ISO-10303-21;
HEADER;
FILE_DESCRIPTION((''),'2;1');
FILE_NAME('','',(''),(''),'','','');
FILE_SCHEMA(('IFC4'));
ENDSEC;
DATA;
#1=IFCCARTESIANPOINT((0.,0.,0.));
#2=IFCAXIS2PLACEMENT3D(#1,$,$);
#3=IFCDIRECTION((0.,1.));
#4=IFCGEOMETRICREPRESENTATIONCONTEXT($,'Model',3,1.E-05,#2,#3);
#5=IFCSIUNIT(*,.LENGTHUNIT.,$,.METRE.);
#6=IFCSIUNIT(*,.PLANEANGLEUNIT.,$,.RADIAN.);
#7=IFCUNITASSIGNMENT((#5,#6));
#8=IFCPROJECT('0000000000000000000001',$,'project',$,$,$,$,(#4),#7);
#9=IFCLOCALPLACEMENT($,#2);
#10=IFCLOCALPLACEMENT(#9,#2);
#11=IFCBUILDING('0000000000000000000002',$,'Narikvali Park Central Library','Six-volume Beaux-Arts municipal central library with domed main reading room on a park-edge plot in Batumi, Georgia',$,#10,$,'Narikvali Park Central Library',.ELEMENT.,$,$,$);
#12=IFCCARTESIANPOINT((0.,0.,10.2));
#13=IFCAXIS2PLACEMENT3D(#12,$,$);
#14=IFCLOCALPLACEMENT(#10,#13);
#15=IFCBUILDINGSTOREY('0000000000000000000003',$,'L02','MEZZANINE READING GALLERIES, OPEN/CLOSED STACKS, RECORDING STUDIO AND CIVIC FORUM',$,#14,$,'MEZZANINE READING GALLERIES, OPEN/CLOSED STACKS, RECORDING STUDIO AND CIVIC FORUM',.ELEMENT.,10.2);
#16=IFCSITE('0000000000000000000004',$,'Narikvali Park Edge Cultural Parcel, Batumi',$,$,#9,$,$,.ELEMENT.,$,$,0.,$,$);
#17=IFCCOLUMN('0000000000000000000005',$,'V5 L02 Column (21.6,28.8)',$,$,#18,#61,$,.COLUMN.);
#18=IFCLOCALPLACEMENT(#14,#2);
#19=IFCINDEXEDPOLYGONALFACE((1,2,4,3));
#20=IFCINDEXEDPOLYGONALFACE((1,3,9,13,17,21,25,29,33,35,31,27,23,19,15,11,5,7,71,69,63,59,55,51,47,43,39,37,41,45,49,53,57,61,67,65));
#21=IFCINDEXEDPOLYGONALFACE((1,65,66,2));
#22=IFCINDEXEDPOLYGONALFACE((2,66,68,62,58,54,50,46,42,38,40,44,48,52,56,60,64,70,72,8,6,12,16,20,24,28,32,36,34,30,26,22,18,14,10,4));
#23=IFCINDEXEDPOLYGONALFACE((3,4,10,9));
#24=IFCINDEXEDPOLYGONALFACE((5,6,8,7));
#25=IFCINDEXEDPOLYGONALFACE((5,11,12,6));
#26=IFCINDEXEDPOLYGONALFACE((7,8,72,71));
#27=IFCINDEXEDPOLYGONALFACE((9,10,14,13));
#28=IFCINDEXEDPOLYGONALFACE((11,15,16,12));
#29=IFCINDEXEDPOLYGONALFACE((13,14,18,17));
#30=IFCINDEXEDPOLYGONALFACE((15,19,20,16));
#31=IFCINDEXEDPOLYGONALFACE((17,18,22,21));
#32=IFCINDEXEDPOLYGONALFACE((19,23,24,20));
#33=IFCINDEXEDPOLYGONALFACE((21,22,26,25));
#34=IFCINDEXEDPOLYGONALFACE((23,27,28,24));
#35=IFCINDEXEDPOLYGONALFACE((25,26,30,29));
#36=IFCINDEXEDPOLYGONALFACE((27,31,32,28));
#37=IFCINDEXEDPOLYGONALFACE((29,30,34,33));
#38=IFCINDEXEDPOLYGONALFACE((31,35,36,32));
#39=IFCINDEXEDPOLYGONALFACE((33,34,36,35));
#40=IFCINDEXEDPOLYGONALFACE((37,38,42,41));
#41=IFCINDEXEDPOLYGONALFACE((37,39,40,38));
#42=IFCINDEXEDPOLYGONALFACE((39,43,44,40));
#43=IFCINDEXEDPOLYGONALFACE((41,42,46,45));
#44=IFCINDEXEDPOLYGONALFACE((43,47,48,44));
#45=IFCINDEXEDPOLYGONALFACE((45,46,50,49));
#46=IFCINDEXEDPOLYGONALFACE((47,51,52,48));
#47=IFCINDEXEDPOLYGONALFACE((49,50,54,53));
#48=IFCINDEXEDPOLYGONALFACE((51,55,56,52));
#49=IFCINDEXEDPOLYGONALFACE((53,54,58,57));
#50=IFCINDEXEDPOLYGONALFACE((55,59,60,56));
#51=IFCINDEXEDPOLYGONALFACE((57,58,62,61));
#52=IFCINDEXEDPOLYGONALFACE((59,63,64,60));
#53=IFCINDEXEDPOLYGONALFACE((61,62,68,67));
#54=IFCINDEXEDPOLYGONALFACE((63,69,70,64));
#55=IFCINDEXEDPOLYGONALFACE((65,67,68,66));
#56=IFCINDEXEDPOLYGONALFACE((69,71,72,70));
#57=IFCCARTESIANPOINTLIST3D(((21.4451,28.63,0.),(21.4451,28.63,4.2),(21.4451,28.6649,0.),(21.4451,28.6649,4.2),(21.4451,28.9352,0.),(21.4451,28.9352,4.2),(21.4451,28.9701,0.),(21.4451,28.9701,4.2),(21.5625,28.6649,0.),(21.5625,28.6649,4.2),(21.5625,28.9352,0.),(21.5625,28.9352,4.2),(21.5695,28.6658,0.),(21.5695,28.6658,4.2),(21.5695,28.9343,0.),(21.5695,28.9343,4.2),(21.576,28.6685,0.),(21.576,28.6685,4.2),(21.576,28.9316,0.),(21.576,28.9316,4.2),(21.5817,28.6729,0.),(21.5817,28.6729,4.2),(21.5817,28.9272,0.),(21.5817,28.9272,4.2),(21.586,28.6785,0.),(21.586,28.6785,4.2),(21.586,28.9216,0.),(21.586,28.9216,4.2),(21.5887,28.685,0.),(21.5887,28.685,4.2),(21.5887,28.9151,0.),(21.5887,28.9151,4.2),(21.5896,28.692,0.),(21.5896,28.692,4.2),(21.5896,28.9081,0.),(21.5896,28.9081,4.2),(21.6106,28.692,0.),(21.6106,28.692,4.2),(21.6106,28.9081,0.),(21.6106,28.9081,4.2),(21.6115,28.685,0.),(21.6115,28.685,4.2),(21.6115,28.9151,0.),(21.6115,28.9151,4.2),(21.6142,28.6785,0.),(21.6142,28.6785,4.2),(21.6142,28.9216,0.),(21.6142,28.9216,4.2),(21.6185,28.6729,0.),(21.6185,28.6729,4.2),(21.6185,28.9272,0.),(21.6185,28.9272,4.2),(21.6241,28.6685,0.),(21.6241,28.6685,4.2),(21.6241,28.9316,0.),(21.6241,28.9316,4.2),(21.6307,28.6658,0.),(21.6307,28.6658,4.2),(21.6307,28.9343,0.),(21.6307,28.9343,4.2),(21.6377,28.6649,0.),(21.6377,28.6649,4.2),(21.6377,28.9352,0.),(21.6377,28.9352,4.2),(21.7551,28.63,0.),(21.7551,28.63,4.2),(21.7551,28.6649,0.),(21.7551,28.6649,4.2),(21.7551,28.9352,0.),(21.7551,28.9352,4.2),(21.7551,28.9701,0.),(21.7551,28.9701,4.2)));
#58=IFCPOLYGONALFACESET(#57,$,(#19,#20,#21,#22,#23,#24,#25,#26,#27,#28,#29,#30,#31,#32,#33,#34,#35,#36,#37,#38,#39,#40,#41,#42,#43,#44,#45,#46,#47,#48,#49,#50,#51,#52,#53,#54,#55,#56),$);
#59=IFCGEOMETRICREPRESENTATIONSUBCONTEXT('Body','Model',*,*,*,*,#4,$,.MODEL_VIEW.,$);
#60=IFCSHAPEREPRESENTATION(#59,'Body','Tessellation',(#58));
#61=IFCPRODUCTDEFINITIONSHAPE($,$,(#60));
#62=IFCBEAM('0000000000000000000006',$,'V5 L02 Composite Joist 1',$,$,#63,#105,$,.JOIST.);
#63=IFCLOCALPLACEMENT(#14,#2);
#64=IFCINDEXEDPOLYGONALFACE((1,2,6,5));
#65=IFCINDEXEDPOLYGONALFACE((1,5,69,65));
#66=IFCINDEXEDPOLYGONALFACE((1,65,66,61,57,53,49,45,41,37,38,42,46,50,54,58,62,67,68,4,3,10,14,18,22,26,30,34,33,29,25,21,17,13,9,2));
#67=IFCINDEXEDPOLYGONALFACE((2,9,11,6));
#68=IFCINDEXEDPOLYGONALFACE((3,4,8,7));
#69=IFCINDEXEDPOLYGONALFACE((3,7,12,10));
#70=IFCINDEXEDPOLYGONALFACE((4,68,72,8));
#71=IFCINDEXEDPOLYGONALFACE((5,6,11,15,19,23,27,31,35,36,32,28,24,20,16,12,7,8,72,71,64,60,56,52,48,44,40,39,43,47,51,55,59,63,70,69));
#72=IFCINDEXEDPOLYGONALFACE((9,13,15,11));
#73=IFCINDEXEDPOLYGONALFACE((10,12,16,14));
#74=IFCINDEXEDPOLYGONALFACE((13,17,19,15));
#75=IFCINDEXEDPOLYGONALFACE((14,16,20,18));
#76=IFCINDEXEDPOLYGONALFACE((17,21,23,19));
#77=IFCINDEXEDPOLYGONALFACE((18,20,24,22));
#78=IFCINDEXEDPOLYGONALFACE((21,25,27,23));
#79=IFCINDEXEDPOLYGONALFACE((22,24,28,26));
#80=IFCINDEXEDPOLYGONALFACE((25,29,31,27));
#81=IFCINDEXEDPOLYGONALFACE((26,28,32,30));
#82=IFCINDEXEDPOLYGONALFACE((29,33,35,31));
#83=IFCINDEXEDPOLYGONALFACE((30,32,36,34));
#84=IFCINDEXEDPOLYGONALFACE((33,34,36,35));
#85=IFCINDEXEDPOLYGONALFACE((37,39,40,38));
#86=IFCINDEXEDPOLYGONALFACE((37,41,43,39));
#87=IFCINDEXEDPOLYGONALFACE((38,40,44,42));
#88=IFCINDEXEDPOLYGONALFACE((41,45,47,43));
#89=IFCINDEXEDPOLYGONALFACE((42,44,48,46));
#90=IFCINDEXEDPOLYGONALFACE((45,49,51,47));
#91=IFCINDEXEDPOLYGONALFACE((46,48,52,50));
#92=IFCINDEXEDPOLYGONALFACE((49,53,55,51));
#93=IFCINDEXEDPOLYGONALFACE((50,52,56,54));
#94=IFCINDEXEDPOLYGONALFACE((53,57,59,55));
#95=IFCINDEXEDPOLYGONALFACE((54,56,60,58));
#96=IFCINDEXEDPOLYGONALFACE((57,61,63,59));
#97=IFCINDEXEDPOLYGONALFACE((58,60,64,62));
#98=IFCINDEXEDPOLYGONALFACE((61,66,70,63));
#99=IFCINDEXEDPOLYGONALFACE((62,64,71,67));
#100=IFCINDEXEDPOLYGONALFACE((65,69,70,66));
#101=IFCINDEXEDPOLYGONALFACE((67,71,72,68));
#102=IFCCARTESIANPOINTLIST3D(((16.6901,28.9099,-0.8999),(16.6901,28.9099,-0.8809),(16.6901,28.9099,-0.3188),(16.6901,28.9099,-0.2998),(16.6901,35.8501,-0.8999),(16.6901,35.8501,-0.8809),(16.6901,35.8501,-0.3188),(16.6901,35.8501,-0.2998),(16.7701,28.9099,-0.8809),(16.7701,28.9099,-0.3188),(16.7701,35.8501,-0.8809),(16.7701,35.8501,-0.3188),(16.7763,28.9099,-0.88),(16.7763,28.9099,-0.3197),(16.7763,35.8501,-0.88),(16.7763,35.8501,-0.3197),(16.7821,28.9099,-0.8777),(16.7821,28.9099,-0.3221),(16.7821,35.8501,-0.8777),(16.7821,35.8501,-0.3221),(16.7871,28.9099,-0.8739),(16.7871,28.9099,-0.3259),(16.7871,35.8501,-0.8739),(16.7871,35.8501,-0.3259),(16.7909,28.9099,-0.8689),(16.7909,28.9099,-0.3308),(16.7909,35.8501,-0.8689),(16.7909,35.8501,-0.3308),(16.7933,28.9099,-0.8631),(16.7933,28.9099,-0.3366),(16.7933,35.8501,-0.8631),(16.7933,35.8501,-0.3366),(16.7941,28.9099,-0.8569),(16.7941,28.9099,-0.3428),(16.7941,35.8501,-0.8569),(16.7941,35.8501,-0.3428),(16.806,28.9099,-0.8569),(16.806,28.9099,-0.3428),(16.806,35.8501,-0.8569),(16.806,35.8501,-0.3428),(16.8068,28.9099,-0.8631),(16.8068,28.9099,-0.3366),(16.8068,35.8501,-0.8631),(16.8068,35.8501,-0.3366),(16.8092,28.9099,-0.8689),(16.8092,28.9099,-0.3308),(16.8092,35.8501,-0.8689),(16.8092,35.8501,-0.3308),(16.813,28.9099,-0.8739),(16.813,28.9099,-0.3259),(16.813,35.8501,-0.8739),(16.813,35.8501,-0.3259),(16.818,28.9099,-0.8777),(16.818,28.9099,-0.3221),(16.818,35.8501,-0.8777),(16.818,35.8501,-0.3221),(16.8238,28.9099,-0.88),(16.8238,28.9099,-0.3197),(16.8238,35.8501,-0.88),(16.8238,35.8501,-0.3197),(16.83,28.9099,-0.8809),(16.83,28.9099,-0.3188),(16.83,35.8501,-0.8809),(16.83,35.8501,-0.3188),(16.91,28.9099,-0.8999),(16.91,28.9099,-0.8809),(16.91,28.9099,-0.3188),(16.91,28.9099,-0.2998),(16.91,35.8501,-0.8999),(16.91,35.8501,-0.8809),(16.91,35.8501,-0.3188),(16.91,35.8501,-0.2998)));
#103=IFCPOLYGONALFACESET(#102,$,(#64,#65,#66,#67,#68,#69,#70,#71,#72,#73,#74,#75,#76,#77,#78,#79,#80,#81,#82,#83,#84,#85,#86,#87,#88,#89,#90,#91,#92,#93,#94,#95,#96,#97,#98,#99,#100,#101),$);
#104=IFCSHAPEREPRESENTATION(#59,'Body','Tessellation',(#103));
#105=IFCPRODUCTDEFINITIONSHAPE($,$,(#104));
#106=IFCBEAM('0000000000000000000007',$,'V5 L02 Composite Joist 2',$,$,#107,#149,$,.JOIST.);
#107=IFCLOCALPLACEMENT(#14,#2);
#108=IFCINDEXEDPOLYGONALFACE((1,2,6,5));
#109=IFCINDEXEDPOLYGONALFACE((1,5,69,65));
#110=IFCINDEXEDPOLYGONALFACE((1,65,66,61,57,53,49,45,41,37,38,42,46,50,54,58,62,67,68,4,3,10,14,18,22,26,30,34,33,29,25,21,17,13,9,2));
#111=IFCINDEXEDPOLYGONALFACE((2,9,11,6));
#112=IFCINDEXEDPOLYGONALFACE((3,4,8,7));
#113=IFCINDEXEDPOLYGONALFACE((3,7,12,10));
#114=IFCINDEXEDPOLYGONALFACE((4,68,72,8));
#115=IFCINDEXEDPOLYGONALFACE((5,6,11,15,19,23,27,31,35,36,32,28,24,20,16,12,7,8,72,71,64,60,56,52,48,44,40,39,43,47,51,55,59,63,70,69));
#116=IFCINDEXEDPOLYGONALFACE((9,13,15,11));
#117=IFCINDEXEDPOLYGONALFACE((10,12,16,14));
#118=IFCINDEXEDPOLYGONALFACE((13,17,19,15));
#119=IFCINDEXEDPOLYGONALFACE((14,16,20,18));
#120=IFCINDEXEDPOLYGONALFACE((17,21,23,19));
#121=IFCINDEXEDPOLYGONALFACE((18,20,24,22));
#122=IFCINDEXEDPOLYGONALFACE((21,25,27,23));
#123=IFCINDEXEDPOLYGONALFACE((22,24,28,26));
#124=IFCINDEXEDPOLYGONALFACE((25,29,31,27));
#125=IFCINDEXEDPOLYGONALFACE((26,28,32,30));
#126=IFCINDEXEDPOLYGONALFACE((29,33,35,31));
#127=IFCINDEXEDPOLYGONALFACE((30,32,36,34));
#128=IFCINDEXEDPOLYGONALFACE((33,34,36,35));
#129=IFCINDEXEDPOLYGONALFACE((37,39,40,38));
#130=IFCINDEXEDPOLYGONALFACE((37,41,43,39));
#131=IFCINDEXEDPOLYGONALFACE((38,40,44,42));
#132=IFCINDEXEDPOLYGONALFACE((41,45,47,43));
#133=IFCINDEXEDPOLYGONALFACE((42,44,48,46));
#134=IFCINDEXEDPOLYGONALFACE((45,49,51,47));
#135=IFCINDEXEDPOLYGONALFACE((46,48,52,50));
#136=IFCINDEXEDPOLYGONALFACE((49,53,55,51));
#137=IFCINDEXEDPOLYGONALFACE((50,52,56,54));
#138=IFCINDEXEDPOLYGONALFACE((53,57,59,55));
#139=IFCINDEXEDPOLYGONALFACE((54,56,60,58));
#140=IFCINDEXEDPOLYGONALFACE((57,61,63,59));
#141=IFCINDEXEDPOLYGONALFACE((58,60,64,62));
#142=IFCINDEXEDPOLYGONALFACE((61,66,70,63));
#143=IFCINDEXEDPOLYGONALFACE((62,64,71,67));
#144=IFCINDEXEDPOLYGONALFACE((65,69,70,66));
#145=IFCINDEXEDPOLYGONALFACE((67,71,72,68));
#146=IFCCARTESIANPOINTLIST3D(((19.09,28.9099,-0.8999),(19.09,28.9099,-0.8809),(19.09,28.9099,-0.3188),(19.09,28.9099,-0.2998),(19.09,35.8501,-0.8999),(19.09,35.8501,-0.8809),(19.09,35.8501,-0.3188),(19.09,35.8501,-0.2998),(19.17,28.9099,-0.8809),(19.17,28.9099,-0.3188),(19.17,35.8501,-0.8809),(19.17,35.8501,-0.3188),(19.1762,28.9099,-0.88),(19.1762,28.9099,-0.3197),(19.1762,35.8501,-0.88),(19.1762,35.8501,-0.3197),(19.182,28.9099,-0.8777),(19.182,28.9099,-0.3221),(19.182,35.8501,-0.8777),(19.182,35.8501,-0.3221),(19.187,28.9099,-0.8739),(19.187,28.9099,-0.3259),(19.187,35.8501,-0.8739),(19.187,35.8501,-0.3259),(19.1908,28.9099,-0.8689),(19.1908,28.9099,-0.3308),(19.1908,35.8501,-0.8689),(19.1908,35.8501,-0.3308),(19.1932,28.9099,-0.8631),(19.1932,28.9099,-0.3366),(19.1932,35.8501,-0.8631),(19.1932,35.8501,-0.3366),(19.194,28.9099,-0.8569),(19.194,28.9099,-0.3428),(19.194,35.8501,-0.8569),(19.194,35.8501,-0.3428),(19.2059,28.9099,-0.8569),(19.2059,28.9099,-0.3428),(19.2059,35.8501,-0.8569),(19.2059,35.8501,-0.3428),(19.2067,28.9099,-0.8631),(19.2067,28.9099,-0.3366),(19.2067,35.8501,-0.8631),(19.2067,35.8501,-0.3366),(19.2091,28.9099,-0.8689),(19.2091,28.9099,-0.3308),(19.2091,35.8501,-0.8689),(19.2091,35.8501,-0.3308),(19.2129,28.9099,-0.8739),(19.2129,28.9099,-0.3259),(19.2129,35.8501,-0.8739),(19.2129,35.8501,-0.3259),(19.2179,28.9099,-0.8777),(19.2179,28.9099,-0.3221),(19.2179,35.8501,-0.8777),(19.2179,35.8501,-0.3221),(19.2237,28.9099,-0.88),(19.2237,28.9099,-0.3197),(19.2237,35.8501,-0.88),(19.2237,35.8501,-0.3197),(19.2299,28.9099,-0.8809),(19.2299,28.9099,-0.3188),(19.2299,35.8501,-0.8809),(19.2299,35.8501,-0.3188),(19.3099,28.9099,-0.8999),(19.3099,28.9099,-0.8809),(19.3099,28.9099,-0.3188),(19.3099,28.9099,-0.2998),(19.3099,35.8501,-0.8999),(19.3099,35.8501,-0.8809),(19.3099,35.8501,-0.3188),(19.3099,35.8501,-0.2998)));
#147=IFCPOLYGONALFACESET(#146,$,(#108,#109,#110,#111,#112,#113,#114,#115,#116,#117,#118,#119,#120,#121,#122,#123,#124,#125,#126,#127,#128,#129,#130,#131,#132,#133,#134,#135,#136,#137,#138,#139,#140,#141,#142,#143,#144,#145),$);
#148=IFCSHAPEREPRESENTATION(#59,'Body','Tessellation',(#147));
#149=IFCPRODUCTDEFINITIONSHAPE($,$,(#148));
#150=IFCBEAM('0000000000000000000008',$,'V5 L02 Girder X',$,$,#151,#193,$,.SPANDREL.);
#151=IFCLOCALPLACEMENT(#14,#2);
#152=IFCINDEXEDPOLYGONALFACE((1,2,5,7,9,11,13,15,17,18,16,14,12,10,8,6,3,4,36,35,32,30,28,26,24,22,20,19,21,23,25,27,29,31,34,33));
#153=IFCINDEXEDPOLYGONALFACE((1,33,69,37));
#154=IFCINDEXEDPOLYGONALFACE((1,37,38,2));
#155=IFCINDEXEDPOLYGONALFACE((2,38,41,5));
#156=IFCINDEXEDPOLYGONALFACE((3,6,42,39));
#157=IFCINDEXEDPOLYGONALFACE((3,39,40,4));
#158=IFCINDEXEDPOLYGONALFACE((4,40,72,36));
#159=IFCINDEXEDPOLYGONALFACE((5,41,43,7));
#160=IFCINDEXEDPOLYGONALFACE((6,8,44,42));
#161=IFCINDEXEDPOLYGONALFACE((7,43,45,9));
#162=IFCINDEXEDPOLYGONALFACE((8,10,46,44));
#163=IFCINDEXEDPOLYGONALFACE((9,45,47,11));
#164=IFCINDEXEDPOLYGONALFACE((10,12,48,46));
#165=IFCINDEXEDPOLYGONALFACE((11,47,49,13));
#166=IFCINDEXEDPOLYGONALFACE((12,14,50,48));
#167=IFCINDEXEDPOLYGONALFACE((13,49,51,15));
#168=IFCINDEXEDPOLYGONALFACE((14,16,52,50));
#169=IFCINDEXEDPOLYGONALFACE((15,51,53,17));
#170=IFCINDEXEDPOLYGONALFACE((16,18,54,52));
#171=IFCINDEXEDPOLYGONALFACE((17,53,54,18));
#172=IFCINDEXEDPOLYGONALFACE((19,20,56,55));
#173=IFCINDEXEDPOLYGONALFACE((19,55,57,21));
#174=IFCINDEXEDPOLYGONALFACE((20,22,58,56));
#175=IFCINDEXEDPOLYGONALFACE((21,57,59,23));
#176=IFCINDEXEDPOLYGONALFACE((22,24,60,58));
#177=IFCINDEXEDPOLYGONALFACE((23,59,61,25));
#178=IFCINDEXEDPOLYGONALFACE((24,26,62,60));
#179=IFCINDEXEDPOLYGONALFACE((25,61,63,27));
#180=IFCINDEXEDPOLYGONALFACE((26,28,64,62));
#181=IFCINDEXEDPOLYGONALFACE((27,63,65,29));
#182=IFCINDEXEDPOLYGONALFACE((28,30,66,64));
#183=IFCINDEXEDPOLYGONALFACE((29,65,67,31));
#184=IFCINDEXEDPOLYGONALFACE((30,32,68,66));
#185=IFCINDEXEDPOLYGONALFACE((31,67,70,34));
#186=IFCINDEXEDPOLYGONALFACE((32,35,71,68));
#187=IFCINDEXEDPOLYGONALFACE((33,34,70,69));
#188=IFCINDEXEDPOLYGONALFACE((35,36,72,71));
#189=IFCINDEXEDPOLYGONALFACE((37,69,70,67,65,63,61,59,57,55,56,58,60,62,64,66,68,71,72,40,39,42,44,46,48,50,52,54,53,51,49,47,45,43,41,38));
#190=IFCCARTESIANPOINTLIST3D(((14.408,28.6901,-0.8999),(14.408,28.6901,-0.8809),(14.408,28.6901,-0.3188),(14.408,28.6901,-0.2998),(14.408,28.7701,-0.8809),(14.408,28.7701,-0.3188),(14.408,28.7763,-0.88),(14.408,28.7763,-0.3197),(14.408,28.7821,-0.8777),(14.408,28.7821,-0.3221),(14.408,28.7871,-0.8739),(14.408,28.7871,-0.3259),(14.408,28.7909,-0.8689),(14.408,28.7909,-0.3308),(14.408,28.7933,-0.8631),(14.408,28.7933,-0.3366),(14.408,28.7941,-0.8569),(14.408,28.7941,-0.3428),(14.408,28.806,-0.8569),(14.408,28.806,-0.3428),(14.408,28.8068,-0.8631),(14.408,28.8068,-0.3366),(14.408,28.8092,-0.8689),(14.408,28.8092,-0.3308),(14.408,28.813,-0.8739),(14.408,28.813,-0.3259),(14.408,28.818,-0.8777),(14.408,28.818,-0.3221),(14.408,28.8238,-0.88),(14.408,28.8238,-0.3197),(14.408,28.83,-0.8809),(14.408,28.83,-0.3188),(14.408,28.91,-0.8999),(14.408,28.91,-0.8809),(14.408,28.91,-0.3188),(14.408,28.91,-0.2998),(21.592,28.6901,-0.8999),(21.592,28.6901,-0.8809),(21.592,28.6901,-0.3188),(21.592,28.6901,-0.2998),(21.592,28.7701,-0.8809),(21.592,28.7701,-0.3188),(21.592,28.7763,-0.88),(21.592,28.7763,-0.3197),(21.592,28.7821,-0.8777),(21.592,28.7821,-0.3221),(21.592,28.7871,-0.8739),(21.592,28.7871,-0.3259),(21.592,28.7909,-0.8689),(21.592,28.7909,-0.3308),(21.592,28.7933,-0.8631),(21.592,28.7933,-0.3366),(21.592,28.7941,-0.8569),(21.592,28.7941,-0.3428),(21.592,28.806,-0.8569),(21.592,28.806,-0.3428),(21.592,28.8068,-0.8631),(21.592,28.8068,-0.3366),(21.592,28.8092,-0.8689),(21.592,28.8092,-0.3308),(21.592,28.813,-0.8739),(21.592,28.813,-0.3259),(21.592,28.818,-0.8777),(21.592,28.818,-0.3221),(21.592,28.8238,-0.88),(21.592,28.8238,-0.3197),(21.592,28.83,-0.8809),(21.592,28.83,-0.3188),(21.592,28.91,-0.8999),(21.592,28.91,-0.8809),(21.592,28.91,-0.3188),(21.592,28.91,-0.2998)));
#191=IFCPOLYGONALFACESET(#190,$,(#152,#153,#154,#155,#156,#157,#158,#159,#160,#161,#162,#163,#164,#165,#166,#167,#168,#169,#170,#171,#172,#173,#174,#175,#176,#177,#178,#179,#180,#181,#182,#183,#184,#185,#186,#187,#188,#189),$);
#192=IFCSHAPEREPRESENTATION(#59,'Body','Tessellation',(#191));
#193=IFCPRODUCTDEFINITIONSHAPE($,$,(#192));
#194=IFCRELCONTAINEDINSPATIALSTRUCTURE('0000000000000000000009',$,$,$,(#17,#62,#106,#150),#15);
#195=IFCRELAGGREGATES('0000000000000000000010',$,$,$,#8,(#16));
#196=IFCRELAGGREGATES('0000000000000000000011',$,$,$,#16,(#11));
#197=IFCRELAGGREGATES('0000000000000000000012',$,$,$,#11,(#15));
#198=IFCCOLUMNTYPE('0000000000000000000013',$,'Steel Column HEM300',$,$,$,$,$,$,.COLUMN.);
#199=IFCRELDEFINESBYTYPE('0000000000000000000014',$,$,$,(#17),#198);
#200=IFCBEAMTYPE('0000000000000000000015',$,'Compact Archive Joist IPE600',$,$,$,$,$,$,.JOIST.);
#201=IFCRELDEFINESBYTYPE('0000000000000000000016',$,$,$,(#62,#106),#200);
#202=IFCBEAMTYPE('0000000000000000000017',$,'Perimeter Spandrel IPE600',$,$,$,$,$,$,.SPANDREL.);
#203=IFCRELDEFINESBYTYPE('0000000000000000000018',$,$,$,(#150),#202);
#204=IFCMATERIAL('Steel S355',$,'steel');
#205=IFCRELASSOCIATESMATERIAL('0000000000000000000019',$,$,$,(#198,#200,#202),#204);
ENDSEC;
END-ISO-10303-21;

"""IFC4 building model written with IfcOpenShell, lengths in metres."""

from ifc_helpers import new_model, si_unit, direction, frame, origin, origin_2d, place, context, subcontext, project, spatial, i_section, extrude, material, material_profile, profile_set, type_object, element, save


model = new_model("IFC4")

# Units and contexts
model_context = context("Model", 3, precision=1e-05, world=origin(), true_north=direction((0.0, 1.0)))
body_context = subcontext(model_context, "Body", "Model", "MODEL_VIEW")
ifc_project = project(units=[si_unit("LENGTHUNIT", "METRE"), si_unit("PLANEANGLEUNIT", "RADIAN")], contexts=[model_context])

# Site, building, storey
site_placement = place(None, origin())
site = spatial("IfcSite", under=ifc_project, at=site_placement, Name="Narikvali Park Edge Cultural Parcel, Batumi", CompositionType="ELEMENT", RefElevation=0.0)
building_placement = place(site_placement, origin())
building = spatial("IfcBuilding", under=site, at=building_placement, Name="Narikvali Park Central Library", Description="Six-volume Beaux-Arts municipal central library with domed main reading room on a park-edge plot in Batumi, Georgia", LongName="Narikvali Park Central Library", CompositionType="ELEMENT")
storey_placement = place(building_placement, frame((0.0, 0.0, 10.2)))
storey = spatial("IfcBuildingStorey", under=building, at=storey_placement, Name="L02", Description="MEZZANINE READING GALLERIES, OPEN/CLOSED STACKS, RECORDING STUDIO AND CIVIC FORUM", LongName="MEZZANINE READING GALLERIES, OPEN/CLOSED STACKS, RECORDING STUDIO AND CIVIC FORUM", CompositionType="ELEMENT", Elevation=10.2)

# Column
ifc_material_1 = material(Name="Steel S355", Category="steel")
ifc_material_profile_1 = material_profile(ifc_material_1, i_section(OverallWidth=0.3101, OverallDepth=0.3401, WebThickness=0.021, FlangeThickness=0.0349, FilletRadius=0.0271, at=origin_2d()), Name="HEM 300")
ifc_profile_set_1 = profile_set([ifc_material_profile_1], Name="Steel S355")
column_type = type_object("IfcColumnType", Name="Steel Column HEM300", PredefinedType="COLUMN", material=ifc_profile_set_1)
column_placement = place(storey_placement, frame((21.6001, 28.8, 0.0), z_axis=(0.0, 0.0, 1.0), x_axis=(1.0, 0.0, 0.0)))
element("IfcColumn", 1, at=column_placement, inside=storey, type_object=column_type, Name="V5 L02 Column (21.6,28.8)", PredefinedType="COLUMN", context=body_context, shape_type="SweptSolid", body=[
    extrude(i_section(OverallWidth=0.3101, OverallDepth=0.3401, WebThickness=0.021, FlangeThickness=0.0349, FilletRadius=0.0271, at=origin_2d()), origin(), (0.0, 0.0, 1.0), 4.2),
])

# Beams
ifc_material_profile_2 = material_profile(ifc_material_1, i_section(OverallWidth=0.22, OverallDepth=0.6001, WebThickness=0.012, FlangeThickness=0.019, FilletRadius=0.0239, at=origin_2d()), Name="IPE 600")
ifc_profile_set_2 = profile_set([ifc_material_profile_2], Name="Steel S355")
beam_type_1 = type_object("IfcBeamType", Name="Compact Archive Joist IPE600", PredefinedType="JOIST", material=ifc_profile_set_2)
for number, where, z_axis, x_axis, name in (
    (2, (16.8, 28.9099, -0.5999), (0.0, 1.0, 0.0), (-1.0, 0.0, 0.0), "V5 L02 Composite Joist 1"),
    (3, (19.2, 28.9099, -0.5999), (0.0, 1.0, 0.0), (-1.0, 0.0, 0.0), "V5 L02 Composite Joist 2"),
):
    element("IfcBeam", number, at=place(storey_placement, frame(where, z_axis=z_axis, x_axis=x_axis)), inside=storey, type_object=beam_type_1, Name=name, PredefinedType="JOIST", context=body_context, shape_type="SweptSolid", body=[
        extrude(i_section(OverallWidth=0.22, OverallDepth=0.6001, WebThickness=0.012, FlangeThickness=0.019, FilletRadius=0.0239, at=origin_2d()), origin(), (0.0, 0.0, 1.0), 6.9402),
    ])
ifc_material_profile_3 = material_profile(ifc_material_1, i_section(OverallWidth=0.22, OverallDepth=0.6001, WebThickness=0.012, FlangeThickness=0.019, FilletRadius=0.0239, at=origin_2d()), Name="IPE 600")
ifc_profile_set_3 = profile_set([ifc_material_profile_3], Name="Steel S355")
beam_type_2 = type_object("IfcBeamType", Name="Perimeter Spandrel IPE600", PredefinedType="SPANDREL", material=ifc_profile_set_3)
beam_1_placement = place(storey_placement, frame((14.408, 28.8, -0.5999), z_axis=(1.0, 0.0, 0.0), x_axis=(0.0, 1.0, 0.0)))
element("IfcBeam", 4, at=beam_1_placement, inside=storey, type_object=beam_type_2, Name="V5 L02 Girder X", PredefinedType="SPANDREL", context=body_context, shape_type="SweptSolid", body=[
    extrude(i_section(OverallWidth=0.22, OverallDepth=0.6001, WebThickness=0.012, FlangeThickness=0.019, FilletRadius=0.0239, at=origin_2d()), origin(), (0.0, 0.0, 1.0), 7.1841),
])

save(model, "model.ifc")
